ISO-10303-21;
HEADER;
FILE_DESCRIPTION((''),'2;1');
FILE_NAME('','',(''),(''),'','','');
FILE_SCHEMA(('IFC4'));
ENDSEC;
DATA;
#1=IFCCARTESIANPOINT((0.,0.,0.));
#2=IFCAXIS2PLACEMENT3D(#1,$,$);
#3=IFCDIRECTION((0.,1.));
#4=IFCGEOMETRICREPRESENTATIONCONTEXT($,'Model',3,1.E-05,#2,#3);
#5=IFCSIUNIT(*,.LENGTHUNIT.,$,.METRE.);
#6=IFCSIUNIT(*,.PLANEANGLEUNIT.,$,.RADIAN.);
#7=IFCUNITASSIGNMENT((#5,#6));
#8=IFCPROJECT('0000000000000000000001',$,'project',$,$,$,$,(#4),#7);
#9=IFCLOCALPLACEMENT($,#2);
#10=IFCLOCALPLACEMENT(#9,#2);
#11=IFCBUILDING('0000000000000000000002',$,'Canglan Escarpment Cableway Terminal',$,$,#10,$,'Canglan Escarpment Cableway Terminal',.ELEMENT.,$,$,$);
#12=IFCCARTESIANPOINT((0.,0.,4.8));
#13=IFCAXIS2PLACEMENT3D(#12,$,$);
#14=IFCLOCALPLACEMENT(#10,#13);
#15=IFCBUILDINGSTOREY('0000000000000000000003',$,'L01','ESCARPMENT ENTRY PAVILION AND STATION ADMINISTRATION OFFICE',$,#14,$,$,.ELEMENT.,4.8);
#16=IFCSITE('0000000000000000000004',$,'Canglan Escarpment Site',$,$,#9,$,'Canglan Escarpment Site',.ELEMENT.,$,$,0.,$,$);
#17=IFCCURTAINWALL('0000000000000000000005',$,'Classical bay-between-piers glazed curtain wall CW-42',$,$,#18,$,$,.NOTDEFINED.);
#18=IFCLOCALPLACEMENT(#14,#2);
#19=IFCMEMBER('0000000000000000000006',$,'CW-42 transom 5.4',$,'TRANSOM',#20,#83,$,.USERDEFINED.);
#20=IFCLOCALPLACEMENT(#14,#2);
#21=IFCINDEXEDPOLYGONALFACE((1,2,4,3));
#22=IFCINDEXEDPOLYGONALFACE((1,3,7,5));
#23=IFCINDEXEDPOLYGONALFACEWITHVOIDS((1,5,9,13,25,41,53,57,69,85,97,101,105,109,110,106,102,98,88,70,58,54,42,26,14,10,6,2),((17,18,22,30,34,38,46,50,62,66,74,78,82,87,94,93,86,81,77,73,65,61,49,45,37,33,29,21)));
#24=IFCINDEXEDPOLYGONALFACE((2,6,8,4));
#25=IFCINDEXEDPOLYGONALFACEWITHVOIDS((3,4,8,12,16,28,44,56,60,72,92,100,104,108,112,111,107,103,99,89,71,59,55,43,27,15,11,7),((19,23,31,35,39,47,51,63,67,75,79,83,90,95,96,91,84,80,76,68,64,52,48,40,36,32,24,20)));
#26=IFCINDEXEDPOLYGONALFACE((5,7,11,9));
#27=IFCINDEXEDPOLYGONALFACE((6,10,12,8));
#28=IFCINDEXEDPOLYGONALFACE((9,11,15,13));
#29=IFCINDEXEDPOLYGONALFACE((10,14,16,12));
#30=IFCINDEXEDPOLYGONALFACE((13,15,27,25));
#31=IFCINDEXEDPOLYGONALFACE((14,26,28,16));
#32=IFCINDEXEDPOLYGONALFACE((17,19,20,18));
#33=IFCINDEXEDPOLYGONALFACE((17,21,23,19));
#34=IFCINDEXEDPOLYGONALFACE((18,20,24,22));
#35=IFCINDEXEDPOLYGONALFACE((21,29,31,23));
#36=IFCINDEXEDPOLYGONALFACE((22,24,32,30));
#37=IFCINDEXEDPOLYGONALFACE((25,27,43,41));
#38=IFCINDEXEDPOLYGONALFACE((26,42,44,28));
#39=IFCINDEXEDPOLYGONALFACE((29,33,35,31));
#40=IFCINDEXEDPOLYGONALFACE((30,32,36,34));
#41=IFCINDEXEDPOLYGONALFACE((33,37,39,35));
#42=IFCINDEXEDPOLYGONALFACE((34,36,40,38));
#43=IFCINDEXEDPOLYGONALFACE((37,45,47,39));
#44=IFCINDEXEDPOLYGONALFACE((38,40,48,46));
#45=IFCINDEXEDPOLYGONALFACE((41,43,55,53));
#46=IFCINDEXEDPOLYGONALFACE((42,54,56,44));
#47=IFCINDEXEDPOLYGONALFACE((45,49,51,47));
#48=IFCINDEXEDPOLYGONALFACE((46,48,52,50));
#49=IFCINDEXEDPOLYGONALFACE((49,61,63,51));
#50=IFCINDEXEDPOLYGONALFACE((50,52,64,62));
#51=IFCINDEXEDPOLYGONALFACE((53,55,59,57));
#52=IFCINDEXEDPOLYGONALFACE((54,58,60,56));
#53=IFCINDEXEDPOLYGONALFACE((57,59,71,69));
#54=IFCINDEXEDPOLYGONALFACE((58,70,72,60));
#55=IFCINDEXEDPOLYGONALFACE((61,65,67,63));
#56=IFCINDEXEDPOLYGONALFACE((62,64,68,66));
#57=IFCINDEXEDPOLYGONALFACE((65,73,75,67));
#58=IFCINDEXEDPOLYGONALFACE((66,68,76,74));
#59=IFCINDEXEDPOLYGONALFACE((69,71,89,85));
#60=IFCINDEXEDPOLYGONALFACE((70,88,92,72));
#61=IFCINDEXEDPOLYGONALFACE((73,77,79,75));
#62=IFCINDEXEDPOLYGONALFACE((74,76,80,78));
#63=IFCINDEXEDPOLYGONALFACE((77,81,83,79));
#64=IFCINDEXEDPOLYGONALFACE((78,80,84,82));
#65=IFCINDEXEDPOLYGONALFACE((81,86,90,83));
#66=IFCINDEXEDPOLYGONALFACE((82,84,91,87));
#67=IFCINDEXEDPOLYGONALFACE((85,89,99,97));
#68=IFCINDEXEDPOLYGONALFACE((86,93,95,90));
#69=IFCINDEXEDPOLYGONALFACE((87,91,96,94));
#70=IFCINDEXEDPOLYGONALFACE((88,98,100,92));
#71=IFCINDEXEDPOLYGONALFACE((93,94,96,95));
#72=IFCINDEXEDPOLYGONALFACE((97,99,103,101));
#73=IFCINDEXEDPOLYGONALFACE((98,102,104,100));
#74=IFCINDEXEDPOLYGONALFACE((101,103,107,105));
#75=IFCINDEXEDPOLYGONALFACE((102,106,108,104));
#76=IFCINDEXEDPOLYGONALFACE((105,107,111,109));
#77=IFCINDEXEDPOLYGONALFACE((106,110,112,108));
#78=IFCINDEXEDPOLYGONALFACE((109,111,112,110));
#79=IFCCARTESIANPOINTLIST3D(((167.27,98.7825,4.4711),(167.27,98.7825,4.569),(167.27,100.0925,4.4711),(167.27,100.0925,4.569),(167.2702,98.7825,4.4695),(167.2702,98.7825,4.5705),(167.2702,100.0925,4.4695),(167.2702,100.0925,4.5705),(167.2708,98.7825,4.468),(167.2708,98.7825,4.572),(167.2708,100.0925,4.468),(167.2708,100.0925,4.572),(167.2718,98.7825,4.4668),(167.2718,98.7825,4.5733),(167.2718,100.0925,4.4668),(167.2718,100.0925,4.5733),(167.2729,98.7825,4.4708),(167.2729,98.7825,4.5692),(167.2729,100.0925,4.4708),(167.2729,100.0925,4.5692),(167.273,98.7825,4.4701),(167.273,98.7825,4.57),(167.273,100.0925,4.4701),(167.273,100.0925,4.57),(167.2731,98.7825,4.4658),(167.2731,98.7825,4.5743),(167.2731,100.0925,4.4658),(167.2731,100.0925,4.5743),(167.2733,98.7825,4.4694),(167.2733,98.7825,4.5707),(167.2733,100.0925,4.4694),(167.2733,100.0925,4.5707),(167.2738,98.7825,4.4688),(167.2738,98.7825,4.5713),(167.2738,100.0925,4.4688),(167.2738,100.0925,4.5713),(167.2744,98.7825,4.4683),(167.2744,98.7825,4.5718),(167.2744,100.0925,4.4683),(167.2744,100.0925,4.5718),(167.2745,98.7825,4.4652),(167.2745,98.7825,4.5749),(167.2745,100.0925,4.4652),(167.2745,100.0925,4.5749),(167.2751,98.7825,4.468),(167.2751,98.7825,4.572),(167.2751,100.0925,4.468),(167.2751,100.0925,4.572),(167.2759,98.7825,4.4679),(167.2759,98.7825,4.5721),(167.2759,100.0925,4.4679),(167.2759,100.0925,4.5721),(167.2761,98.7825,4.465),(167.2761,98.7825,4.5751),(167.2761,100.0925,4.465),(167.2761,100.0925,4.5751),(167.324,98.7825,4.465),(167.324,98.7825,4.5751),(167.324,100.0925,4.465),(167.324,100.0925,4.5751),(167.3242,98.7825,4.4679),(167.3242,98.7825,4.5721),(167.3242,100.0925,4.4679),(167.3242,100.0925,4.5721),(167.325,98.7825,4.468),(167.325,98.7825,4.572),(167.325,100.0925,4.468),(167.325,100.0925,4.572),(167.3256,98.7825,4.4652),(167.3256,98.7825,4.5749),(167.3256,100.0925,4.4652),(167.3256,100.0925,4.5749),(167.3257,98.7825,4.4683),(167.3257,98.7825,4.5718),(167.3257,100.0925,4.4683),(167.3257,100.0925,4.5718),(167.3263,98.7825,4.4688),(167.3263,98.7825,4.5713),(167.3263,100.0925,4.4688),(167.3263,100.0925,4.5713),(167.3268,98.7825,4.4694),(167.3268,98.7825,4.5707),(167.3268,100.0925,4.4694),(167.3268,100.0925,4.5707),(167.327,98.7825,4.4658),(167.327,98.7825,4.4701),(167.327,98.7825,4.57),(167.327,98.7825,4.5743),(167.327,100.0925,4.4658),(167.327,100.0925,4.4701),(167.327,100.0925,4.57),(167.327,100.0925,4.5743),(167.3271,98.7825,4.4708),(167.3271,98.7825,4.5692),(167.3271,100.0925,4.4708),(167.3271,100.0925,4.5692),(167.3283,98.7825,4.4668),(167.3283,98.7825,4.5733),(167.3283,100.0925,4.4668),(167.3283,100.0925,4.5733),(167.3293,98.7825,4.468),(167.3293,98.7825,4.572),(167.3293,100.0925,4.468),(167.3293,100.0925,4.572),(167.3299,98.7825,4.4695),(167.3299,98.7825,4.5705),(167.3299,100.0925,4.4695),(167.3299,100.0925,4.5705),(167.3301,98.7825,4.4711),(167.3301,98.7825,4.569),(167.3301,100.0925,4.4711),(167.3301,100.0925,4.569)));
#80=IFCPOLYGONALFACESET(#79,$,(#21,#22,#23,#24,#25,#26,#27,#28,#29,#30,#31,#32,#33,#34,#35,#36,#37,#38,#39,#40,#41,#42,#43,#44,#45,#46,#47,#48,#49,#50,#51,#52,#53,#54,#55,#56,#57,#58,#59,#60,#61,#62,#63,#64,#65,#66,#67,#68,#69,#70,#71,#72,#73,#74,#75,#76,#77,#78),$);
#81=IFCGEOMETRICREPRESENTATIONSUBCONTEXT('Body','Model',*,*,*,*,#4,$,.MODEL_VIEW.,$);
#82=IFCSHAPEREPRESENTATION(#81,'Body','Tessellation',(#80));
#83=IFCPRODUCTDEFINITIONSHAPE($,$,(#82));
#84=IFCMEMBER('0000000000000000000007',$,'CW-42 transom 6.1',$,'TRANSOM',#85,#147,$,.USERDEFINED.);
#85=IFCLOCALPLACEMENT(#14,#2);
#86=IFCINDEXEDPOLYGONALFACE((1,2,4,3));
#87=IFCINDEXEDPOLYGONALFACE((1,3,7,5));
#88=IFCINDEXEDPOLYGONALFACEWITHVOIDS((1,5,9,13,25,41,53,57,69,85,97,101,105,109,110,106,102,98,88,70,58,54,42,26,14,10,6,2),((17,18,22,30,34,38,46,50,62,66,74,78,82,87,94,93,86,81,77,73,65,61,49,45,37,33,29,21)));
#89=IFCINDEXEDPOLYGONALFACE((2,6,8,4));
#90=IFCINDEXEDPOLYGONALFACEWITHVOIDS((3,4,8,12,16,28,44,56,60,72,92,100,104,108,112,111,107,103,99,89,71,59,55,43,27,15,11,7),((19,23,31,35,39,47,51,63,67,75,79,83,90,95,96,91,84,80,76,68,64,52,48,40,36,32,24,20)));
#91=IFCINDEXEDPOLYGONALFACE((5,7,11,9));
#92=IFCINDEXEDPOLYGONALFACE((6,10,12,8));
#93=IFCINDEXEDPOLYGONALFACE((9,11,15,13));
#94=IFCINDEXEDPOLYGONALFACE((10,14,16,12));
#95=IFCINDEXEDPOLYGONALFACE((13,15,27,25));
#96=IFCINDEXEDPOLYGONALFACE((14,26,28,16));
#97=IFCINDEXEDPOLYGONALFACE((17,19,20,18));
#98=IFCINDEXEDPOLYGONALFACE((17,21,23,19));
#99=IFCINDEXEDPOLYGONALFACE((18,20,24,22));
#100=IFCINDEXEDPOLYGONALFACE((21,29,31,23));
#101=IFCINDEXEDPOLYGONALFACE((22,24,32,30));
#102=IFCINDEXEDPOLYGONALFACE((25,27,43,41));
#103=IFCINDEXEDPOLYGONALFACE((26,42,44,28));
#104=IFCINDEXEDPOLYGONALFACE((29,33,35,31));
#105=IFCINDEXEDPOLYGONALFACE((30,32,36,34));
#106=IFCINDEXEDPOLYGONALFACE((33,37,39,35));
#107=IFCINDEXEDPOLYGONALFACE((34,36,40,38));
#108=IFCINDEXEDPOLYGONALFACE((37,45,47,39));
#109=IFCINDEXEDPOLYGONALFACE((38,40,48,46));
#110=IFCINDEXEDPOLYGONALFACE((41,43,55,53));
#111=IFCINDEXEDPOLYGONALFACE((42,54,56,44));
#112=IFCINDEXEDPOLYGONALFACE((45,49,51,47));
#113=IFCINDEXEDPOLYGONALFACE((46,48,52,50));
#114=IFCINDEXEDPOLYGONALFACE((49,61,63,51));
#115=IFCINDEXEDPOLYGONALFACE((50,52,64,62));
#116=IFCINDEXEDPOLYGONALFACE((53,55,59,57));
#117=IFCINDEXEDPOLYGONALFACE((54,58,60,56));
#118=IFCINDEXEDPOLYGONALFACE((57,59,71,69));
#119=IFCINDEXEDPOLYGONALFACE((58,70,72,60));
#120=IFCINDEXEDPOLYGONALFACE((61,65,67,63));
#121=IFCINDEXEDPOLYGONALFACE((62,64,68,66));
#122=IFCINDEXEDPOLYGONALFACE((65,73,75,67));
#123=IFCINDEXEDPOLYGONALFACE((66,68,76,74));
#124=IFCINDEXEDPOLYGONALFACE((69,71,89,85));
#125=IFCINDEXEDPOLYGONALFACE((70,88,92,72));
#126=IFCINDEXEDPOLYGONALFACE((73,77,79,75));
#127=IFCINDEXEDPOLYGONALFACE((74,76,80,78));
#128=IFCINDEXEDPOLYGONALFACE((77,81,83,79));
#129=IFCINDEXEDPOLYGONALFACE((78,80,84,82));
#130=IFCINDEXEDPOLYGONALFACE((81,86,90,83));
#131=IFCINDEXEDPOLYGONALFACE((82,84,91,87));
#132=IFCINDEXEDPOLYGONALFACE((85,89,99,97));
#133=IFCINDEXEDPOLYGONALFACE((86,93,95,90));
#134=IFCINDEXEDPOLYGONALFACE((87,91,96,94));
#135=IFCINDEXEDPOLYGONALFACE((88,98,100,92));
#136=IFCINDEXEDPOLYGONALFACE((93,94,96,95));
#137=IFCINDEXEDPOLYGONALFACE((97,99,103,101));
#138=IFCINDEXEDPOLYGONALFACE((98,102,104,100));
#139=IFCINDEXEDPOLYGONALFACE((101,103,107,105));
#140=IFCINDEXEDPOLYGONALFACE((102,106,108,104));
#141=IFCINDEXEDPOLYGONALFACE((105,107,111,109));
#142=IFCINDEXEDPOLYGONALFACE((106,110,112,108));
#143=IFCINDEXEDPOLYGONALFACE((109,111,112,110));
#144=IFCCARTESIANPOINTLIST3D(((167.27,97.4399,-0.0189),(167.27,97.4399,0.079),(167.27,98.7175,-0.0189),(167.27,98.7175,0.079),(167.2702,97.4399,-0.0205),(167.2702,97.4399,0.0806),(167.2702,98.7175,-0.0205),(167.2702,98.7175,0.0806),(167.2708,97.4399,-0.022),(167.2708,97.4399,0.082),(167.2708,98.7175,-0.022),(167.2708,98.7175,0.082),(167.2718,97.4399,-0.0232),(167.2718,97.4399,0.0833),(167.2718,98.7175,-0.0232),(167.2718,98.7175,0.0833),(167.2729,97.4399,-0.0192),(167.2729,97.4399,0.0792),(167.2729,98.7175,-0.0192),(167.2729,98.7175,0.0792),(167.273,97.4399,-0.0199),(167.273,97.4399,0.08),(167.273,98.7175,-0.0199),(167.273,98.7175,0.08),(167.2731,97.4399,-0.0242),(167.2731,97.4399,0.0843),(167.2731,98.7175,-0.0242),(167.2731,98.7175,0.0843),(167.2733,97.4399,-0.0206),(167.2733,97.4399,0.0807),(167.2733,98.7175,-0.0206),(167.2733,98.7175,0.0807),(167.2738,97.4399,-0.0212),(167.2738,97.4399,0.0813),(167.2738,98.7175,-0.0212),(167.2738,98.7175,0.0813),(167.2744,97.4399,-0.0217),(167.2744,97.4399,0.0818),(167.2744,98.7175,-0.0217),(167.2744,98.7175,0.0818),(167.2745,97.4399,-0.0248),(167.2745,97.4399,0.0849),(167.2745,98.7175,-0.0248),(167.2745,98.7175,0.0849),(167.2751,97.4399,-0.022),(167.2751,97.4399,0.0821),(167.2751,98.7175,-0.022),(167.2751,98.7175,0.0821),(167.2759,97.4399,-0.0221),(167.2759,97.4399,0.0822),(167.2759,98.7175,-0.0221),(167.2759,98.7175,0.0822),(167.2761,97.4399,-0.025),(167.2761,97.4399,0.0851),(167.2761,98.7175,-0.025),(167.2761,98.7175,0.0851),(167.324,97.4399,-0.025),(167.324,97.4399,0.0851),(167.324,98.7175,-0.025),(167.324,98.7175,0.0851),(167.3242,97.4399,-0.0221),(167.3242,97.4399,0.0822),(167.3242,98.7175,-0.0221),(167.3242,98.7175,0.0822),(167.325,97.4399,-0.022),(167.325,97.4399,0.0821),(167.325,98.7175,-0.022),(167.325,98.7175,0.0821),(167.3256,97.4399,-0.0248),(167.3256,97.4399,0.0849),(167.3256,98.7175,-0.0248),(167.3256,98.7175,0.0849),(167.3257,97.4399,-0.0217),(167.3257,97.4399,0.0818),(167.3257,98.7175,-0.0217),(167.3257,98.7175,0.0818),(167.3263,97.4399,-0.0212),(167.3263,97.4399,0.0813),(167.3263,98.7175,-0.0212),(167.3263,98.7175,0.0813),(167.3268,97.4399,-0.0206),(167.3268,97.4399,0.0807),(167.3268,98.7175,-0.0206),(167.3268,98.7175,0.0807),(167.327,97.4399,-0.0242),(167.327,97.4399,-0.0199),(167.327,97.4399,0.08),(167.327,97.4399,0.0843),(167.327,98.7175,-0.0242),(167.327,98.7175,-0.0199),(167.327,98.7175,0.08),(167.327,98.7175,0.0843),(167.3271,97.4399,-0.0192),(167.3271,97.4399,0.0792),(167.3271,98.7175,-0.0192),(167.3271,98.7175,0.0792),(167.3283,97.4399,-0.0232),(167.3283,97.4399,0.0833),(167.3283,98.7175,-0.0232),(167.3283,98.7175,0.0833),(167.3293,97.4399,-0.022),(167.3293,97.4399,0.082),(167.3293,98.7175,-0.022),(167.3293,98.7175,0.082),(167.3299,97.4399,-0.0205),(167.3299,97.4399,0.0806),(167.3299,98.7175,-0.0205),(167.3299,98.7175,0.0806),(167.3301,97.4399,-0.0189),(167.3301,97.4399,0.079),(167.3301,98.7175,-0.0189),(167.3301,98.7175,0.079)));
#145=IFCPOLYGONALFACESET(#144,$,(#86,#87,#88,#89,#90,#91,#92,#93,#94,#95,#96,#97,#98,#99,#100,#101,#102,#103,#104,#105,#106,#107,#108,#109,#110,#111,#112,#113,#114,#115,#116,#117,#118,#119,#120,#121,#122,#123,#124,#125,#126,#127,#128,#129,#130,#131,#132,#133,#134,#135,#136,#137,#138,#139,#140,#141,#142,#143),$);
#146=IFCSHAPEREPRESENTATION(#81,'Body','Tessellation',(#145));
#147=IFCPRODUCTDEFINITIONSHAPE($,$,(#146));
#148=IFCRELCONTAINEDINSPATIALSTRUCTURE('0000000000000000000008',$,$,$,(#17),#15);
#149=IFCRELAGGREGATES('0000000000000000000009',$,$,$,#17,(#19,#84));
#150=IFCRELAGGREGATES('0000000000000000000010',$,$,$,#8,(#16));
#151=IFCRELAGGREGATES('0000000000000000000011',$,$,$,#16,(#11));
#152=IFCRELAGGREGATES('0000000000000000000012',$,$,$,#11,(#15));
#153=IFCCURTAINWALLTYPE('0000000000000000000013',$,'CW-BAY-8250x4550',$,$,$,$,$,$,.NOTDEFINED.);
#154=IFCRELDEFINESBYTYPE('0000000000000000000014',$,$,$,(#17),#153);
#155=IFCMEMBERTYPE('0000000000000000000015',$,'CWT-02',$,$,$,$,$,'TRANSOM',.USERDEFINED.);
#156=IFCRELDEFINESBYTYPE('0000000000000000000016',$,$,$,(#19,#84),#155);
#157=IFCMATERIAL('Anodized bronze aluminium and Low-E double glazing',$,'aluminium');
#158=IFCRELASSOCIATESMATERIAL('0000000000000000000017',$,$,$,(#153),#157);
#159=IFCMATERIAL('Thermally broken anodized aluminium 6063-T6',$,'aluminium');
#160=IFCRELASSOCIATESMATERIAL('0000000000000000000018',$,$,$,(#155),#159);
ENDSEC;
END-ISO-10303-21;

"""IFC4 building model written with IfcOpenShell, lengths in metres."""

from ifc_helpers import new_model, si_unit, direction, frame, origin, origin_2d, place, context, subcontext, project, spatial, hollow_rectangle, extrude, material, material_profile, profile_set, type_object, element, aggregate, save


model = new_model("IFC4")

# Units and contexts
model_context = context("Model", 3, precision=1e-05, world=origin(), true_north=direction((0.0, 1.0)))
body_context = subcontext(model_context, "Body", "Model", "MODEL_VIEW")
ifc_project = project(units=[si_unit("LENGTHUNIT", "METRE"), si_unit("PLANEANGLEUNIT", "RADIAN")], contexts=[model_context])

# Site, building, storey
site_placement = place(None, origin())
site = spatial("IfcSite", under=ifc_project, at=site_placement, Name="Canglan Escarpment Site", LongName="Canglan Escarpment Site", CompositionType="ELEMENT", RefElevation=0.0)
building_placement = place(site_placement, origin())
building = spatial("IfcBuilding", under=site, at=building_placement, Name="Canglan Escarpment Cableway Terminal", LongName="Canglan Escarpment Cableway Terminal", CompositionType="ELEMENT")
storey_placement = place(building_placement, frame((0.0, 0.0, 4.8)))
storey = spatial("IfcBuildingStorey", under=building, at=storey_placement, Name="L01", Description="ESCARPMENT ENTRY PAVILION AND STATION ADMINISTRATION OFFICE", CompositionType="ELEMENT", Elevation=4.8)

# Curtain wall, members
ifc_material_1 = material(Name="Anodized bronze aluminium and Low-E double glazing", Category="aluminium")
curtain_wall_type = type_object("IfcCurtainWallType", Name="CW-BAY-8250x4550", PredefinedType="NOTDEFINED", material=ifc_material_1)
curtain_wall_placement = place(storey_placement, origin())
curtain_wall = element("IfcCurtainWall", 1, at=curtain_wall_placement, inside=storey, type_object=curtain_wall_type, Name="Classical bay-between-piers glazed curtain wall CW-42", PredefinedType="NOTDEFINED")
ifc_material_2 = material(Name="Thermally broken anodized aluminium 6063-T6", Category="aluminium")
ifc_material_profile_1 = material_profile(ifc_material_2, hollow_rectangle(XDim=0.0601, YDim=0.1101, WallThickness=0.0029, InnerFilletRadius=0.0029, OuterFilletRadius=0.0061, at=origin_2d()), Name="ALU-TRAN 60x110x3")
ifc_profile_set_1 = profile_set([ifc_material_profile_1], Name="Thermally broken anodized aluminium 6063-T6")
member_type_1 = type_object("IfcMemberType", Name="CWT-02", ElementType="TRANSOM", PredefinedType="USERDEFINED", material=ifc_profile_set_1)
member_1_placement = place(storey_placement, frame((167.3, 100.0925, 4.52), z_axis=(0.0, -1.0, 0.0), x_axis=(1.0, 0.0, 0.0)))
member_1 = element("IfcMember", 2, at=member_1_placement, type_object=member_type_1, Name="CW-42 transom 5.4", ObjectType="TRANSOM", PredefinedType="USERDEFINED", context=body_context, shape_type="SweptSolid", body=[
    extrude(hollow_rectangle(XDim=0.0601, YDim=0.1101, WallThickness=0.0029, InnerFilletRadius=0.0029, OuterFilletRadius=0.0061, at=origin_2d()), origin(), (0.0, 0.0, 1.0), 1.3101),
])
member_2_placement = place(storey_placement, frame((167.3, 98.7175, 0.03), z_axis=(0.0, -1.0, 0.0), x_axis=(1.0, 0.0, 0.0)))
member_2 = element("IfcMember", 3, at=member_2_placement, type_object=member_type_1, Name="CW-42 transom 6.1", ObjectType="TRANSOM", PredefinedType="USERDEFINED", context=body_context, shape_type="SweptSolid", body=[
    extrude(hollow_rectangle(XDim=0.0601, YDim=0.1101, WallThickness=0.0029, InnerFilletRadius=0.0029, OuterFilletRadius=0.0061, at=origin_2d()), origin(), (0.0, 0.0, 1.0), 1.2776),
])
aggregate(curtain_wall, [member_1, member_2])

save(model, "model.ifc")
